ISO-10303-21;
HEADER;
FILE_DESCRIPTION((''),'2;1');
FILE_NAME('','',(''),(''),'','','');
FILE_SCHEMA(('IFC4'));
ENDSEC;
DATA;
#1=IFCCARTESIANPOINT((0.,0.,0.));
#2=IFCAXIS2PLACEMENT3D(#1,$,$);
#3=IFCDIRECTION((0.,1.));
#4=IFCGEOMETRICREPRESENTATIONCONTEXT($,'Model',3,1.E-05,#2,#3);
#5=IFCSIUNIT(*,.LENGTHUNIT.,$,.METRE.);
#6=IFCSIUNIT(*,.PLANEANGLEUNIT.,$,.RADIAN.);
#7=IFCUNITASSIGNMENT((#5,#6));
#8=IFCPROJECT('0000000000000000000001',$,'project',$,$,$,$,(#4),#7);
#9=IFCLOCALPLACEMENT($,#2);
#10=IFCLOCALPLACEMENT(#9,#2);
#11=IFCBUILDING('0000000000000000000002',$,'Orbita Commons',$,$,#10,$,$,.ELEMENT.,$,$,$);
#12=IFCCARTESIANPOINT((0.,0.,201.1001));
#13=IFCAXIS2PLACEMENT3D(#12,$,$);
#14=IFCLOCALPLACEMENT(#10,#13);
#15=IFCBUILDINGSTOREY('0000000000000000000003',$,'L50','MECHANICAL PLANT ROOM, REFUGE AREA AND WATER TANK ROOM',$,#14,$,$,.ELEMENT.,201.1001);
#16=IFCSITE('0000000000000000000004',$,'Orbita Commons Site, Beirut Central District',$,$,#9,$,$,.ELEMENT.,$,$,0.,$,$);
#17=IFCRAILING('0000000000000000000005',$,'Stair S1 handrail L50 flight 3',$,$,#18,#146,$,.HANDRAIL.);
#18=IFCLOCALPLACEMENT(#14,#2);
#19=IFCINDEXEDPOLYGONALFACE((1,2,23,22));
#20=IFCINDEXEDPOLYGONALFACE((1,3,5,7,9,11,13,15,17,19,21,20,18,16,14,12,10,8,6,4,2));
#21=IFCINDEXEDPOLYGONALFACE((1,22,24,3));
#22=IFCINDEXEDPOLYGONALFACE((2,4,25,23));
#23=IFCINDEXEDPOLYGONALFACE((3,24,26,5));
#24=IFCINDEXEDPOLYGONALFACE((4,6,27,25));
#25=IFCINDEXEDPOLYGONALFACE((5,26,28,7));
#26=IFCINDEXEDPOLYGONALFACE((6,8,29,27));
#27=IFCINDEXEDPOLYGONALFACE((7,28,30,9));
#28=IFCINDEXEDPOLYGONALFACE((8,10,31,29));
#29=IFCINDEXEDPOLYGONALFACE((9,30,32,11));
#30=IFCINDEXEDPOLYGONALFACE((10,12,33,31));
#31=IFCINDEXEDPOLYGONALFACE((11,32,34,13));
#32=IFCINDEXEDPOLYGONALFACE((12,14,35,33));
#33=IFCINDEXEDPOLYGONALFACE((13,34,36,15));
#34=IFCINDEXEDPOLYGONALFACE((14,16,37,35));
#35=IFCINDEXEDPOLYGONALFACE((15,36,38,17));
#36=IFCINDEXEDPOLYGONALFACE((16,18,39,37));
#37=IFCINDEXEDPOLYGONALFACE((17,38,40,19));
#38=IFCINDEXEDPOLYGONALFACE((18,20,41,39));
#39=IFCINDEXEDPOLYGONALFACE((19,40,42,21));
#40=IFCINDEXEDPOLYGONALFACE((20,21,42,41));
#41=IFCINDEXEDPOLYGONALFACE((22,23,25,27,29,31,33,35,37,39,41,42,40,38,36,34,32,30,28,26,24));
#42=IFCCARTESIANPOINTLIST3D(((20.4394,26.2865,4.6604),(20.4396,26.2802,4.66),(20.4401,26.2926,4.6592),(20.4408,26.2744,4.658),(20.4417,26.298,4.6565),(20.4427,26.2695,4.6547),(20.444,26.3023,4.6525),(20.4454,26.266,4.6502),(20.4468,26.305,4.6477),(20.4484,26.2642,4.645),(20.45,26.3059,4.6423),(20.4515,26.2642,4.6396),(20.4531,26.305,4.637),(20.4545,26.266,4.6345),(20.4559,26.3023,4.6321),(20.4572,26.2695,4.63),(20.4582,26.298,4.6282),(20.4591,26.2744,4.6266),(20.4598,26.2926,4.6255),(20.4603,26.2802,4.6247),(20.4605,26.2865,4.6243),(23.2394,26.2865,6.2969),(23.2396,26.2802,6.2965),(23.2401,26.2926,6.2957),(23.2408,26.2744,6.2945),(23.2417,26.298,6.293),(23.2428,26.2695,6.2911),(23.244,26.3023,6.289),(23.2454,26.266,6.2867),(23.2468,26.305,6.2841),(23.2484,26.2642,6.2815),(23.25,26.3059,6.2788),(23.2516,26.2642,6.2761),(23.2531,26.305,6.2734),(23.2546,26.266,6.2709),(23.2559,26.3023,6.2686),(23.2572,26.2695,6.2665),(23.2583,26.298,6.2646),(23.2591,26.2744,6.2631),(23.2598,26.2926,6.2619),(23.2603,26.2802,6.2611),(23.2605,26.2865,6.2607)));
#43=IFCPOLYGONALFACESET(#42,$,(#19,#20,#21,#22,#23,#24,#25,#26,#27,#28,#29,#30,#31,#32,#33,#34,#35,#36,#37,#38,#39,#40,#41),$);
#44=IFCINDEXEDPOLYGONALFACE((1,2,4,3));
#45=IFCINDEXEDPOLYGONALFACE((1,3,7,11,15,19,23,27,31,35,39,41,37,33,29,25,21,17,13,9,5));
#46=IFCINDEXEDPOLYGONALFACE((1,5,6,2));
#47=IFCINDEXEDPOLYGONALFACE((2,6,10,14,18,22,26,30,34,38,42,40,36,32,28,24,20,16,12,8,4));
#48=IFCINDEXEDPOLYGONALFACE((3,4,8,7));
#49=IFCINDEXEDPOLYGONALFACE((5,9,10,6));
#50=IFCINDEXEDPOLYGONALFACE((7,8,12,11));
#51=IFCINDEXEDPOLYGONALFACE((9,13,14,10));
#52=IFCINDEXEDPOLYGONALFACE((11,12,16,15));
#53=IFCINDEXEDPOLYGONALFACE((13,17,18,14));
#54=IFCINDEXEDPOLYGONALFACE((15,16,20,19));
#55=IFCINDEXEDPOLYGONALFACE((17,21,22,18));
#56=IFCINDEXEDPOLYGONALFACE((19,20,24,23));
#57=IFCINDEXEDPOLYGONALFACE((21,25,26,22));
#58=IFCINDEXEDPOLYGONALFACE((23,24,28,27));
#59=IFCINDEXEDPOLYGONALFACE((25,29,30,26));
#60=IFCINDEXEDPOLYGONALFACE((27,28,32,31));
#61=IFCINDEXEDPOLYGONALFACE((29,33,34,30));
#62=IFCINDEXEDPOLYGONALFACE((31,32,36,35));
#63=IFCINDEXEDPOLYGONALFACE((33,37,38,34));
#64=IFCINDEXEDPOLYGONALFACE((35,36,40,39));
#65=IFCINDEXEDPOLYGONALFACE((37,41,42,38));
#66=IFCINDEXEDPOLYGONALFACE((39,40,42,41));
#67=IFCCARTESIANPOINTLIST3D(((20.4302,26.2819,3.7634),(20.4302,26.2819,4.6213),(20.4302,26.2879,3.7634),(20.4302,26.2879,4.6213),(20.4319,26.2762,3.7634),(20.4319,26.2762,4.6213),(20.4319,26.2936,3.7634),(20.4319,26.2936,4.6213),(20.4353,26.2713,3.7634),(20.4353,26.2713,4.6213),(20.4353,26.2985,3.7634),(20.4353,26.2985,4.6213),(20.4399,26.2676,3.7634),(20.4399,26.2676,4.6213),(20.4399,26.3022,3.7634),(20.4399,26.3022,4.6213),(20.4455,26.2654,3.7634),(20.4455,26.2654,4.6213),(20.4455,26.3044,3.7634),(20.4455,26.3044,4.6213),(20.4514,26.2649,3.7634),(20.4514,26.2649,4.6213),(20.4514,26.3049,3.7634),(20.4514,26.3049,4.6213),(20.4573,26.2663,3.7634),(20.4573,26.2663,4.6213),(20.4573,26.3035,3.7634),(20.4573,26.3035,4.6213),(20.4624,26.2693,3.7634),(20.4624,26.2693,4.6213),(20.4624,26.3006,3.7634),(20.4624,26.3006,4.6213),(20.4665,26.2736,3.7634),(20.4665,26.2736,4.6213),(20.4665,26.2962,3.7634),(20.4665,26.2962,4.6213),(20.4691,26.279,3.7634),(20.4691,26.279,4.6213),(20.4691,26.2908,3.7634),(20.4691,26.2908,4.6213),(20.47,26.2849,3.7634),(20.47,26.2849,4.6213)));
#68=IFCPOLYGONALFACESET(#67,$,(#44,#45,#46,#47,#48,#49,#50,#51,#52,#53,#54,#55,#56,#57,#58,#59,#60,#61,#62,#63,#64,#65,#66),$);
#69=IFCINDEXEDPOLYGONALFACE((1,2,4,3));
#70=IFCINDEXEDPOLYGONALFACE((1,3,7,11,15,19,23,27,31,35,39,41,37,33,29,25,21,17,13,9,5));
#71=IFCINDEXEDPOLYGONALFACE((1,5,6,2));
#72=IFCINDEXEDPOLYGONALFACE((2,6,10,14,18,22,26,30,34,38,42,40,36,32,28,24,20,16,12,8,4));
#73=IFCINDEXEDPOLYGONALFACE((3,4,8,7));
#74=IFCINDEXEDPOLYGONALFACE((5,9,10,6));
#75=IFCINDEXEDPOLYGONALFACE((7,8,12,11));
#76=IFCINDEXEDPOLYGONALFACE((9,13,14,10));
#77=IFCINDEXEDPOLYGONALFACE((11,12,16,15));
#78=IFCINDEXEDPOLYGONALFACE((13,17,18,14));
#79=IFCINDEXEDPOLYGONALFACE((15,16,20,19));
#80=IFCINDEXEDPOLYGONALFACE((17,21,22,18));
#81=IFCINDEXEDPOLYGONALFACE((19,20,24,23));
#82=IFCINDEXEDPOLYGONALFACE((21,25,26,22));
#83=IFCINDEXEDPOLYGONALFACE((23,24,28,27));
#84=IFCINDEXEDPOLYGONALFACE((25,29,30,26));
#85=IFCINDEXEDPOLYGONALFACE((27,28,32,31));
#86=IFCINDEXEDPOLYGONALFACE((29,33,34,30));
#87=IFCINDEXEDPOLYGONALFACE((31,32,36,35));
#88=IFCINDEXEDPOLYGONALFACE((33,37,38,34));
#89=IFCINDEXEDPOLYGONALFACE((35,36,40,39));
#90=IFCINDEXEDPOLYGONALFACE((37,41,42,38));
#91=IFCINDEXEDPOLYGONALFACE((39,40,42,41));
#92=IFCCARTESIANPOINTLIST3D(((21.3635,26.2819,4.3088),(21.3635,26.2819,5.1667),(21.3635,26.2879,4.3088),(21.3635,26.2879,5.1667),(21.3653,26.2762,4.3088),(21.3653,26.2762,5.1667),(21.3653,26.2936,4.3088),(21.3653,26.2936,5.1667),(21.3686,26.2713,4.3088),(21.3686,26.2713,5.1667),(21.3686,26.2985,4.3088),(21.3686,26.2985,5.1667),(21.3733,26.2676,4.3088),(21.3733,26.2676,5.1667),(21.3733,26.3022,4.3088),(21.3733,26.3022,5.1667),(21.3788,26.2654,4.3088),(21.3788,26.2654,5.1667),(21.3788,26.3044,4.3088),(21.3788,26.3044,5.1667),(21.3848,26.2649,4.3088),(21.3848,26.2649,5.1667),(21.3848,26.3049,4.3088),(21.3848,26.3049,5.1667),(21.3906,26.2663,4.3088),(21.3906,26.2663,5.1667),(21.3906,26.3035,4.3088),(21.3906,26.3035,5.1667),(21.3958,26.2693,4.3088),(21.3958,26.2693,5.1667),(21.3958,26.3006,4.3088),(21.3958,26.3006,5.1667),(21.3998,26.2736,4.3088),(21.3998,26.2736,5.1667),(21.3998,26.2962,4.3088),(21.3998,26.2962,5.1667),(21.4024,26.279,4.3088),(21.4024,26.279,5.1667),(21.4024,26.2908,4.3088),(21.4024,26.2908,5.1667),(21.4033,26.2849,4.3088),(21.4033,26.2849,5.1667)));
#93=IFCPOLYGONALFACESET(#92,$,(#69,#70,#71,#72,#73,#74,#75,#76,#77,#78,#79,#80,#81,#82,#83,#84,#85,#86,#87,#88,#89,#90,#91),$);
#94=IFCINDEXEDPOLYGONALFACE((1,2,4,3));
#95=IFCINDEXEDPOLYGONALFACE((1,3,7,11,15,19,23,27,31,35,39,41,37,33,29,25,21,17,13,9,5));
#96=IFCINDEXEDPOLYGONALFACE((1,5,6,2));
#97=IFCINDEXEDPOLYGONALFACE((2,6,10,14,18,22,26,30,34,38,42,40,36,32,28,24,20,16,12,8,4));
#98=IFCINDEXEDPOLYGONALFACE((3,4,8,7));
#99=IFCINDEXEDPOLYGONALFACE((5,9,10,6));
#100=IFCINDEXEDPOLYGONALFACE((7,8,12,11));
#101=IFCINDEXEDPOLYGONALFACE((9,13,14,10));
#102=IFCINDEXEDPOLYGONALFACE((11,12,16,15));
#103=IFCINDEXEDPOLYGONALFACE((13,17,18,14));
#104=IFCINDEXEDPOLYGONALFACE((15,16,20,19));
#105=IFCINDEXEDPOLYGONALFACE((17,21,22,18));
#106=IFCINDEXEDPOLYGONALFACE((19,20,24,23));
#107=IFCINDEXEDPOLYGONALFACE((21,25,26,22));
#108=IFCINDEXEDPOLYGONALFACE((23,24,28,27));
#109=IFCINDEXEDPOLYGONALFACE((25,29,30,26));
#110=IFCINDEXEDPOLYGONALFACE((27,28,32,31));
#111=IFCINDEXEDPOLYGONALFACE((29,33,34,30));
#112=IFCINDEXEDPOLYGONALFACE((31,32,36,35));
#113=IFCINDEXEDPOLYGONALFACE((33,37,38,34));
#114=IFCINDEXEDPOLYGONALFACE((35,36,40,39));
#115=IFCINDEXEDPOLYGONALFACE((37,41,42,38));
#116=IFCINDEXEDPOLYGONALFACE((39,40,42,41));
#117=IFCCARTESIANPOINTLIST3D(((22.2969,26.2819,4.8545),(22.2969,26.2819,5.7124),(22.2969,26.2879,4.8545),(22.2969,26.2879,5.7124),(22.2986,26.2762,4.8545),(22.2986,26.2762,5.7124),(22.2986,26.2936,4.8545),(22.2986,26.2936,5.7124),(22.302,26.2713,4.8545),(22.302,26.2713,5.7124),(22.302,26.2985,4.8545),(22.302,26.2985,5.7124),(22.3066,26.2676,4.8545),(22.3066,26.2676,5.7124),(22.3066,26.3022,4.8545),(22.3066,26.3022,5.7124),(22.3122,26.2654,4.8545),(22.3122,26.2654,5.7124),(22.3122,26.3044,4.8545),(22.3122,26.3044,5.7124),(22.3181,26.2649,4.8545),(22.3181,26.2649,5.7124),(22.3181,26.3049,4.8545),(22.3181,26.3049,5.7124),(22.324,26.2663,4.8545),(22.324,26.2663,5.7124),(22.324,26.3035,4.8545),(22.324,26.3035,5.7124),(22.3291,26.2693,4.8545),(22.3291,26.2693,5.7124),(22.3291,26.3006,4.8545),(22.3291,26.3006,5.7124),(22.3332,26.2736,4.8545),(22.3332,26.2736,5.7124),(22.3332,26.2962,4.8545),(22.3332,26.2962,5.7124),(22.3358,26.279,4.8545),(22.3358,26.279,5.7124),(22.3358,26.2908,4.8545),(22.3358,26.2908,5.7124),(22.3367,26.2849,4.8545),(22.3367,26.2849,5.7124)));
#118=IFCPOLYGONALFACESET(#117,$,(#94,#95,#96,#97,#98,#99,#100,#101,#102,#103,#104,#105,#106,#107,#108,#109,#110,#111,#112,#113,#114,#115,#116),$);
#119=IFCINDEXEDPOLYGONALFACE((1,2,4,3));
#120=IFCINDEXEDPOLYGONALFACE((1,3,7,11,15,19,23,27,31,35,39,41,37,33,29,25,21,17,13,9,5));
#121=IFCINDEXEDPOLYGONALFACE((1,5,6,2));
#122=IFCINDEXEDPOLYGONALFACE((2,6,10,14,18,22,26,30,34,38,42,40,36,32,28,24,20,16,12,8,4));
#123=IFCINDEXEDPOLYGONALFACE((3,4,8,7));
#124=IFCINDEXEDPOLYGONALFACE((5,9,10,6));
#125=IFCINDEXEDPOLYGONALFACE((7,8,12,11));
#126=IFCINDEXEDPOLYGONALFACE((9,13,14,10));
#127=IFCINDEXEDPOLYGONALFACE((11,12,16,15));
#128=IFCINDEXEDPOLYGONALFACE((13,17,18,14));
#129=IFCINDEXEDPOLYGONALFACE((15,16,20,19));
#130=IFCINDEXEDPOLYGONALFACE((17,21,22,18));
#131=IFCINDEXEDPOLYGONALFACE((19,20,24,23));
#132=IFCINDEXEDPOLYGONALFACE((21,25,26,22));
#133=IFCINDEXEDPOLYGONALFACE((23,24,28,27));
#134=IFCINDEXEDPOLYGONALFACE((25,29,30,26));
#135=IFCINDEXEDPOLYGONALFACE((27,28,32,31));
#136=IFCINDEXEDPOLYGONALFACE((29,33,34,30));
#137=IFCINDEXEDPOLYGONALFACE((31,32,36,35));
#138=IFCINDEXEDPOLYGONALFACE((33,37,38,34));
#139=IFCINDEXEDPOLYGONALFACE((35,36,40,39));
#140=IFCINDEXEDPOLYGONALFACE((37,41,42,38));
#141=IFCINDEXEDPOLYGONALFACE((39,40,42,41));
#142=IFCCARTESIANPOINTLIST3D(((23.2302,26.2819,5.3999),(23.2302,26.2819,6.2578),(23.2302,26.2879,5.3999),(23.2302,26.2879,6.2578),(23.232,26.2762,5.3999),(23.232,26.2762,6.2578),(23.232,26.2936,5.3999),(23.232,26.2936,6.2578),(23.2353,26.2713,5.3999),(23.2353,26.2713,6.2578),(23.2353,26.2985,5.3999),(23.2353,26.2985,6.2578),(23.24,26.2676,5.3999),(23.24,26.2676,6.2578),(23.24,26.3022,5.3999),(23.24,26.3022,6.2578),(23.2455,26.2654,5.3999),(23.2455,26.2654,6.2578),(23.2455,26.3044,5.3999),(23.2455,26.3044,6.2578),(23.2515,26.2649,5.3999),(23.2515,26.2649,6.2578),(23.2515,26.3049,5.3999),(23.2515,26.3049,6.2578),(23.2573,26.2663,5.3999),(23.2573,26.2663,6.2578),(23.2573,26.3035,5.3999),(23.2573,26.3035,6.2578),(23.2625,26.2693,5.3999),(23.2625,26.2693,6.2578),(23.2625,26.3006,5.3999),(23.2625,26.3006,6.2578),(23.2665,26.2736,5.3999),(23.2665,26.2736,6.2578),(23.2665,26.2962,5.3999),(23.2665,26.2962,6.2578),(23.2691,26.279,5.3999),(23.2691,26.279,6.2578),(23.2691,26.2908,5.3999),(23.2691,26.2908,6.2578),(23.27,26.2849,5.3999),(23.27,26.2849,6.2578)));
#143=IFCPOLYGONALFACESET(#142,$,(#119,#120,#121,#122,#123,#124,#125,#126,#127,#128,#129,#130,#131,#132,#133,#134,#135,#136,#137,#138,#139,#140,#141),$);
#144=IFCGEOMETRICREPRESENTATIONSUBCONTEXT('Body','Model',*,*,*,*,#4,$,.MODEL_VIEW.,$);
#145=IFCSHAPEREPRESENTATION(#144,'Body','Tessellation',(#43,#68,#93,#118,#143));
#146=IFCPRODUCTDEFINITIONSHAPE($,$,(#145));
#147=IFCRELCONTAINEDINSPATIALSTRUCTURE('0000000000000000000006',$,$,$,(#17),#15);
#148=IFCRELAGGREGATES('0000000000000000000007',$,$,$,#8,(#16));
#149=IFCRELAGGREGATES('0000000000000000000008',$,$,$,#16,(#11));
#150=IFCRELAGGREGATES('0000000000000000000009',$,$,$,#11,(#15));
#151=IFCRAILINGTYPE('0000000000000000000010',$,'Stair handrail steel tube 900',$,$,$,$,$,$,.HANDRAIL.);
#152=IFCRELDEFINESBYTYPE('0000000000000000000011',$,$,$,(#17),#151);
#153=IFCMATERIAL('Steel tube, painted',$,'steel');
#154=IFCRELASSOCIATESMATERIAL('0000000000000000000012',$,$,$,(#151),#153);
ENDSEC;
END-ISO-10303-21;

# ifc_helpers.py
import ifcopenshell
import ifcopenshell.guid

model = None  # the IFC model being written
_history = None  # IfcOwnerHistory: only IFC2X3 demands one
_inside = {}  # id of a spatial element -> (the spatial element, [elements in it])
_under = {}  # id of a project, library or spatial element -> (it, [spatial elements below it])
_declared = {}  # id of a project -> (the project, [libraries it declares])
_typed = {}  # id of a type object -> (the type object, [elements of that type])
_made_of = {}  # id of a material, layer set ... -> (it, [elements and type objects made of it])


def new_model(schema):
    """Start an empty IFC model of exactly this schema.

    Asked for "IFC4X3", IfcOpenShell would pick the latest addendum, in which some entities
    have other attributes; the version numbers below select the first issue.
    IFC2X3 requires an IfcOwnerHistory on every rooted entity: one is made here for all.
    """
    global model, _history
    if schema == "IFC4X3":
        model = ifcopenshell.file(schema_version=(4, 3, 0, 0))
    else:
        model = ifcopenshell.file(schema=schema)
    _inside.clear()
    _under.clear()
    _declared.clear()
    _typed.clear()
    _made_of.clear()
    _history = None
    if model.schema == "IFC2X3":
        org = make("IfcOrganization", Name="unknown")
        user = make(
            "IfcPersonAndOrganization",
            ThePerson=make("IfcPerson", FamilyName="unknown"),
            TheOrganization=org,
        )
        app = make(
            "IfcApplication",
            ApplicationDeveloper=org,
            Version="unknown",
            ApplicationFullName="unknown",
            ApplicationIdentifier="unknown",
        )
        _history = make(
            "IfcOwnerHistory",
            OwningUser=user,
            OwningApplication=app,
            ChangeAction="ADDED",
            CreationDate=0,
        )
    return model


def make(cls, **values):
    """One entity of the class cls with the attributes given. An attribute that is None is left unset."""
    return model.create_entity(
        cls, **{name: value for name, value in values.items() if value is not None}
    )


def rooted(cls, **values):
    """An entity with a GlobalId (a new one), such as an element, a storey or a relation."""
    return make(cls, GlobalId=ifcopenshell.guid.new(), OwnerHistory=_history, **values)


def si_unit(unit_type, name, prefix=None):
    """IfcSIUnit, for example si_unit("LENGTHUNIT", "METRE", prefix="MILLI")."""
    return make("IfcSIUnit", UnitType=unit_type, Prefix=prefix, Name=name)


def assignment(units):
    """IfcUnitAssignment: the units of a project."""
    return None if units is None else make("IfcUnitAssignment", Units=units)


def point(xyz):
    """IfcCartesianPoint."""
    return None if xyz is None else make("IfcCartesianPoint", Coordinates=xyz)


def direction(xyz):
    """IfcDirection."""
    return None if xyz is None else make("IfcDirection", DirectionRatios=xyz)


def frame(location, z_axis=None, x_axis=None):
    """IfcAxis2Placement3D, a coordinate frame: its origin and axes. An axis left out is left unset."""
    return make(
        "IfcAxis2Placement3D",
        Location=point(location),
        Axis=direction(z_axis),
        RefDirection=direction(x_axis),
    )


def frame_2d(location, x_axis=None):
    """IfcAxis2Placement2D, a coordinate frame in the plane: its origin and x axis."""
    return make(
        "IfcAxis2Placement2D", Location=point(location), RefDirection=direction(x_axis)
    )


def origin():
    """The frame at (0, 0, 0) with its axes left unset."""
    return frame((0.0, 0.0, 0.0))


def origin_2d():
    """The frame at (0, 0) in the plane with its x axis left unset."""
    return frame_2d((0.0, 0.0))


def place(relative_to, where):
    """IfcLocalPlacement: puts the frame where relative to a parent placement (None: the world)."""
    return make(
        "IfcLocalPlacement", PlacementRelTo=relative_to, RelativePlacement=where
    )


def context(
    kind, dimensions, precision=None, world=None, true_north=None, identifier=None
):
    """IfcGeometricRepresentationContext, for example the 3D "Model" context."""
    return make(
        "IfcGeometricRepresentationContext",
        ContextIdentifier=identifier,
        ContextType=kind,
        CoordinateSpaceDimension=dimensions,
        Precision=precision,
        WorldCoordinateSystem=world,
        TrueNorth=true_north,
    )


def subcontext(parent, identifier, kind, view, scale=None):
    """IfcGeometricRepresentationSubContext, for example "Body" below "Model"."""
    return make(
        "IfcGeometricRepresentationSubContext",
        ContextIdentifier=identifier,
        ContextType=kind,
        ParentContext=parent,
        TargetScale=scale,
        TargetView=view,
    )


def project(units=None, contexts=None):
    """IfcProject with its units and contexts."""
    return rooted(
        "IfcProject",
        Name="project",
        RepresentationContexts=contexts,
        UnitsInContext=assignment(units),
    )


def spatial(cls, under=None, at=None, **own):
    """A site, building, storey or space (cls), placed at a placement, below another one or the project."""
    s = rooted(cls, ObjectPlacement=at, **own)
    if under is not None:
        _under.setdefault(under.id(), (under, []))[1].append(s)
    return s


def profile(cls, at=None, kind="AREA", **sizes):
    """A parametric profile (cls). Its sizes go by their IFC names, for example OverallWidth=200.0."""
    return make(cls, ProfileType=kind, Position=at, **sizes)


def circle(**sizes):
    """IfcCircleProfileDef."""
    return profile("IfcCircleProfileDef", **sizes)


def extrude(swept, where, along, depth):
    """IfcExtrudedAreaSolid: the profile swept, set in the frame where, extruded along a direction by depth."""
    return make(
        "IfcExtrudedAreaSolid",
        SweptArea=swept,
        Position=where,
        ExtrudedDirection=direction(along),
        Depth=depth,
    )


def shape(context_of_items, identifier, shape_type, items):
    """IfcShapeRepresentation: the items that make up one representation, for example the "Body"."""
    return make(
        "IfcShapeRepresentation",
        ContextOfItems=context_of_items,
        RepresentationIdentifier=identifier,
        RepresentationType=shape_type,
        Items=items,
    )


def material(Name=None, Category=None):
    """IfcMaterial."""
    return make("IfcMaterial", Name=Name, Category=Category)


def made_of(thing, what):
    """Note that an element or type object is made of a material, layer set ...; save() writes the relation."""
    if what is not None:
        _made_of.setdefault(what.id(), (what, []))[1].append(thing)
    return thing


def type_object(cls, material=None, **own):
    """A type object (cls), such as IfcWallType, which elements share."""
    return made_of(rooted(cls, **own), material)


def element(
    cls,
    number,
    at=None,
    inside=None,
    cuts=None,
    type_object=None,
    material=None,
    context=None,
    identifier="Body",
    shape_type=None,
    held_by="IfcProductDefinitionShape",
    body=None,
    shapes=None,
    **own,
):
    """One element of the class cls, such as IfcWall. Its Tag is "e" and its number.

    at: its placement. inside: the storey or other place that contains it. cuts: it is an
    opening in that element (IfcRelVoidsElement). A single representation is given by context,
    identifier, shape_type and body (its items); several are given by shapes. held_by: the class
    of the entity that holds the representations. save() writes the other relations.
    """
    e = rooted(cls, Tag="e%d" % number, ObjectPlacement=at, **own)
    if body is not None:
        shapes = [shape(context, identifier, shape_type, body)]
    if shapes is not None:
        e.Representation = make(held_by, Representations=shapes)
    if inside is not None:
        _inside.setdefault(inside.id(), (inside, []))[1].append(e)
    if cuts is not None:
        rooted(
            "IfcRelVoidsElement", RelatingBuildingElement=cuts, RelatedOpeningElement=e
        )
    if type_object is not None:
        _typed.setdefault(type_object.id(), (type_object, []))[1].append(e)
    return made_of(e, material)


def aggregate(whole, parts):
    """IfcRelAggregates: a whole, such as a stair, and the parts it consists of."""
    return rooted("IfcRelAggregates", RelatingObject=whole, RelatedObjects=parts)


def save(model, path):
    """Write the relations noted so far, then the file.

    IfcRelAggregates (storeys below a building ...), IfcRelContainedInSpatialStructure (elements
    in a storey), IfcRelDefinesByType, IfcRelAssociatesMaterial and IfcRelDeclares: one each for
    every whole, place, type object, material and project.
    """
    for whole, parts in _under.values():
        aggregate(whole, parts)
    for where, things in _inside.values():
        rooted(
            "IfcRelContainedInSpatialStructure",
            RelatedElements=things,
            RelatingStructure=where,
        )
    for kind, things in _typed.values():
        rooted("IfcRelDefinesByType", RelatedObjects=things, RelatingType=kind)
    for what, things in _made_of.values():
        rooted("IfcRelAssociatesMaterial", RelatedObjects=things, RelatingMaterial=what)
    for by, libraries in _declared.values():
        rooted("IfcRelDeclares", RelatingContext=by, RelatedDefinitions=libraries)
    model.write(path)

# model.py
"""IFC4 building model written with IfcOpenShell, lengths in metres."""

from ifc_helpers import new_model, si_unit, direction, frame, origin, origin_2d, place, context, subcontext, project, spatial, circle, extrude, material, type_object, element, save


model = new_model("IFC4")

# Units and contexts
model_context = context("Model", 3, precision=1e-05, world=origin(), true_north=direction((0.0, 1.0)))
body_context = subcontext(model_context, "Body", "Model", "MODEL_VIEW")
ifc_project = project(units=[si_unit("LENGTHUNIT", "METRE"), si_unit("PLANEANGLEUNIT", "RADIAN")], contexts=[model_context])

# Site, building, storey
site_placement = place(None, origin())
site = spatial("IfcSite", under=ifc_project, at=site_placement, Name="Orbita Commons Site, Beirut Central District", CompositionType="ELEMENT", RefElevation=0.0)
building_placement = place(site_placement, origin())
building = spatial("IfcBuilding", under=site, at=building_placement, Name="Orbita Commons", CompositionType="ELEMENT")
storey_placement = place(building_placement, frame((0.0, 0.0, 201.1001)))
storey = spatial("IfcBuildingStorey", under=building, at=storey_placement, Name="L50", Description="MECHANICAL PLANT ROOM, REFUGE AREA AND WATER TANK ROOM", CompositionType="ELEMENT", Elevation=201.1001)

# Railing
ifc_material = material(Name="Steel tube, painted", Category="steel")
railing_type = type_object("IfcRailingType", Name="Stair handrail steel tube 900", PredefinedType="HANDRAIL", material=ifc_material)
for number, where, name in (
    (1, (20.45, 26.2849, 3.7634), "Stair S1 handrail L50 flight 3"),
):
    element("IfcRailing", number, at=place(storey_placement, frame(where)), inside=storey, type_object=railing_type, Name=name, PredefinedType="HANDRAIL", context=body_context, shape_type="SweptSolid", body=[
        extrude(circle(Radius=0.021, at=origin_2d()), frame((0.0, 0.0, 0.8789), z_axis=(0.863361, 0.0, 0.504587), x_axis=(0.0, 1.0, 0.0)), (0.0, 0.0, 1.0), 3.2432),
        extrude(circle(Radius=0.02, at=origin_2d()), origin(), (0.0, 0.0, 1.0), 0.8579),
        extrude(circle(Radius=0.02, at=origin_2d()), frame((0.9333, 0.0, 0.5454)), (0.0, 0.0, 1.0), 0.8579),
        extrude(circle(Radius=0.02, at=origin_2d()), frame((1.8667, 0.0, 1.0911)), (0.0, 0.0, 1.0), 0.8579),
        extrude(circle(Radius=0.02, at=origin_2d()), frame((2.8, 0.0, 1.6365)), (0.0, 0.0, 1.0), 0.8579),
    ])

save(model, "model.ifc")
